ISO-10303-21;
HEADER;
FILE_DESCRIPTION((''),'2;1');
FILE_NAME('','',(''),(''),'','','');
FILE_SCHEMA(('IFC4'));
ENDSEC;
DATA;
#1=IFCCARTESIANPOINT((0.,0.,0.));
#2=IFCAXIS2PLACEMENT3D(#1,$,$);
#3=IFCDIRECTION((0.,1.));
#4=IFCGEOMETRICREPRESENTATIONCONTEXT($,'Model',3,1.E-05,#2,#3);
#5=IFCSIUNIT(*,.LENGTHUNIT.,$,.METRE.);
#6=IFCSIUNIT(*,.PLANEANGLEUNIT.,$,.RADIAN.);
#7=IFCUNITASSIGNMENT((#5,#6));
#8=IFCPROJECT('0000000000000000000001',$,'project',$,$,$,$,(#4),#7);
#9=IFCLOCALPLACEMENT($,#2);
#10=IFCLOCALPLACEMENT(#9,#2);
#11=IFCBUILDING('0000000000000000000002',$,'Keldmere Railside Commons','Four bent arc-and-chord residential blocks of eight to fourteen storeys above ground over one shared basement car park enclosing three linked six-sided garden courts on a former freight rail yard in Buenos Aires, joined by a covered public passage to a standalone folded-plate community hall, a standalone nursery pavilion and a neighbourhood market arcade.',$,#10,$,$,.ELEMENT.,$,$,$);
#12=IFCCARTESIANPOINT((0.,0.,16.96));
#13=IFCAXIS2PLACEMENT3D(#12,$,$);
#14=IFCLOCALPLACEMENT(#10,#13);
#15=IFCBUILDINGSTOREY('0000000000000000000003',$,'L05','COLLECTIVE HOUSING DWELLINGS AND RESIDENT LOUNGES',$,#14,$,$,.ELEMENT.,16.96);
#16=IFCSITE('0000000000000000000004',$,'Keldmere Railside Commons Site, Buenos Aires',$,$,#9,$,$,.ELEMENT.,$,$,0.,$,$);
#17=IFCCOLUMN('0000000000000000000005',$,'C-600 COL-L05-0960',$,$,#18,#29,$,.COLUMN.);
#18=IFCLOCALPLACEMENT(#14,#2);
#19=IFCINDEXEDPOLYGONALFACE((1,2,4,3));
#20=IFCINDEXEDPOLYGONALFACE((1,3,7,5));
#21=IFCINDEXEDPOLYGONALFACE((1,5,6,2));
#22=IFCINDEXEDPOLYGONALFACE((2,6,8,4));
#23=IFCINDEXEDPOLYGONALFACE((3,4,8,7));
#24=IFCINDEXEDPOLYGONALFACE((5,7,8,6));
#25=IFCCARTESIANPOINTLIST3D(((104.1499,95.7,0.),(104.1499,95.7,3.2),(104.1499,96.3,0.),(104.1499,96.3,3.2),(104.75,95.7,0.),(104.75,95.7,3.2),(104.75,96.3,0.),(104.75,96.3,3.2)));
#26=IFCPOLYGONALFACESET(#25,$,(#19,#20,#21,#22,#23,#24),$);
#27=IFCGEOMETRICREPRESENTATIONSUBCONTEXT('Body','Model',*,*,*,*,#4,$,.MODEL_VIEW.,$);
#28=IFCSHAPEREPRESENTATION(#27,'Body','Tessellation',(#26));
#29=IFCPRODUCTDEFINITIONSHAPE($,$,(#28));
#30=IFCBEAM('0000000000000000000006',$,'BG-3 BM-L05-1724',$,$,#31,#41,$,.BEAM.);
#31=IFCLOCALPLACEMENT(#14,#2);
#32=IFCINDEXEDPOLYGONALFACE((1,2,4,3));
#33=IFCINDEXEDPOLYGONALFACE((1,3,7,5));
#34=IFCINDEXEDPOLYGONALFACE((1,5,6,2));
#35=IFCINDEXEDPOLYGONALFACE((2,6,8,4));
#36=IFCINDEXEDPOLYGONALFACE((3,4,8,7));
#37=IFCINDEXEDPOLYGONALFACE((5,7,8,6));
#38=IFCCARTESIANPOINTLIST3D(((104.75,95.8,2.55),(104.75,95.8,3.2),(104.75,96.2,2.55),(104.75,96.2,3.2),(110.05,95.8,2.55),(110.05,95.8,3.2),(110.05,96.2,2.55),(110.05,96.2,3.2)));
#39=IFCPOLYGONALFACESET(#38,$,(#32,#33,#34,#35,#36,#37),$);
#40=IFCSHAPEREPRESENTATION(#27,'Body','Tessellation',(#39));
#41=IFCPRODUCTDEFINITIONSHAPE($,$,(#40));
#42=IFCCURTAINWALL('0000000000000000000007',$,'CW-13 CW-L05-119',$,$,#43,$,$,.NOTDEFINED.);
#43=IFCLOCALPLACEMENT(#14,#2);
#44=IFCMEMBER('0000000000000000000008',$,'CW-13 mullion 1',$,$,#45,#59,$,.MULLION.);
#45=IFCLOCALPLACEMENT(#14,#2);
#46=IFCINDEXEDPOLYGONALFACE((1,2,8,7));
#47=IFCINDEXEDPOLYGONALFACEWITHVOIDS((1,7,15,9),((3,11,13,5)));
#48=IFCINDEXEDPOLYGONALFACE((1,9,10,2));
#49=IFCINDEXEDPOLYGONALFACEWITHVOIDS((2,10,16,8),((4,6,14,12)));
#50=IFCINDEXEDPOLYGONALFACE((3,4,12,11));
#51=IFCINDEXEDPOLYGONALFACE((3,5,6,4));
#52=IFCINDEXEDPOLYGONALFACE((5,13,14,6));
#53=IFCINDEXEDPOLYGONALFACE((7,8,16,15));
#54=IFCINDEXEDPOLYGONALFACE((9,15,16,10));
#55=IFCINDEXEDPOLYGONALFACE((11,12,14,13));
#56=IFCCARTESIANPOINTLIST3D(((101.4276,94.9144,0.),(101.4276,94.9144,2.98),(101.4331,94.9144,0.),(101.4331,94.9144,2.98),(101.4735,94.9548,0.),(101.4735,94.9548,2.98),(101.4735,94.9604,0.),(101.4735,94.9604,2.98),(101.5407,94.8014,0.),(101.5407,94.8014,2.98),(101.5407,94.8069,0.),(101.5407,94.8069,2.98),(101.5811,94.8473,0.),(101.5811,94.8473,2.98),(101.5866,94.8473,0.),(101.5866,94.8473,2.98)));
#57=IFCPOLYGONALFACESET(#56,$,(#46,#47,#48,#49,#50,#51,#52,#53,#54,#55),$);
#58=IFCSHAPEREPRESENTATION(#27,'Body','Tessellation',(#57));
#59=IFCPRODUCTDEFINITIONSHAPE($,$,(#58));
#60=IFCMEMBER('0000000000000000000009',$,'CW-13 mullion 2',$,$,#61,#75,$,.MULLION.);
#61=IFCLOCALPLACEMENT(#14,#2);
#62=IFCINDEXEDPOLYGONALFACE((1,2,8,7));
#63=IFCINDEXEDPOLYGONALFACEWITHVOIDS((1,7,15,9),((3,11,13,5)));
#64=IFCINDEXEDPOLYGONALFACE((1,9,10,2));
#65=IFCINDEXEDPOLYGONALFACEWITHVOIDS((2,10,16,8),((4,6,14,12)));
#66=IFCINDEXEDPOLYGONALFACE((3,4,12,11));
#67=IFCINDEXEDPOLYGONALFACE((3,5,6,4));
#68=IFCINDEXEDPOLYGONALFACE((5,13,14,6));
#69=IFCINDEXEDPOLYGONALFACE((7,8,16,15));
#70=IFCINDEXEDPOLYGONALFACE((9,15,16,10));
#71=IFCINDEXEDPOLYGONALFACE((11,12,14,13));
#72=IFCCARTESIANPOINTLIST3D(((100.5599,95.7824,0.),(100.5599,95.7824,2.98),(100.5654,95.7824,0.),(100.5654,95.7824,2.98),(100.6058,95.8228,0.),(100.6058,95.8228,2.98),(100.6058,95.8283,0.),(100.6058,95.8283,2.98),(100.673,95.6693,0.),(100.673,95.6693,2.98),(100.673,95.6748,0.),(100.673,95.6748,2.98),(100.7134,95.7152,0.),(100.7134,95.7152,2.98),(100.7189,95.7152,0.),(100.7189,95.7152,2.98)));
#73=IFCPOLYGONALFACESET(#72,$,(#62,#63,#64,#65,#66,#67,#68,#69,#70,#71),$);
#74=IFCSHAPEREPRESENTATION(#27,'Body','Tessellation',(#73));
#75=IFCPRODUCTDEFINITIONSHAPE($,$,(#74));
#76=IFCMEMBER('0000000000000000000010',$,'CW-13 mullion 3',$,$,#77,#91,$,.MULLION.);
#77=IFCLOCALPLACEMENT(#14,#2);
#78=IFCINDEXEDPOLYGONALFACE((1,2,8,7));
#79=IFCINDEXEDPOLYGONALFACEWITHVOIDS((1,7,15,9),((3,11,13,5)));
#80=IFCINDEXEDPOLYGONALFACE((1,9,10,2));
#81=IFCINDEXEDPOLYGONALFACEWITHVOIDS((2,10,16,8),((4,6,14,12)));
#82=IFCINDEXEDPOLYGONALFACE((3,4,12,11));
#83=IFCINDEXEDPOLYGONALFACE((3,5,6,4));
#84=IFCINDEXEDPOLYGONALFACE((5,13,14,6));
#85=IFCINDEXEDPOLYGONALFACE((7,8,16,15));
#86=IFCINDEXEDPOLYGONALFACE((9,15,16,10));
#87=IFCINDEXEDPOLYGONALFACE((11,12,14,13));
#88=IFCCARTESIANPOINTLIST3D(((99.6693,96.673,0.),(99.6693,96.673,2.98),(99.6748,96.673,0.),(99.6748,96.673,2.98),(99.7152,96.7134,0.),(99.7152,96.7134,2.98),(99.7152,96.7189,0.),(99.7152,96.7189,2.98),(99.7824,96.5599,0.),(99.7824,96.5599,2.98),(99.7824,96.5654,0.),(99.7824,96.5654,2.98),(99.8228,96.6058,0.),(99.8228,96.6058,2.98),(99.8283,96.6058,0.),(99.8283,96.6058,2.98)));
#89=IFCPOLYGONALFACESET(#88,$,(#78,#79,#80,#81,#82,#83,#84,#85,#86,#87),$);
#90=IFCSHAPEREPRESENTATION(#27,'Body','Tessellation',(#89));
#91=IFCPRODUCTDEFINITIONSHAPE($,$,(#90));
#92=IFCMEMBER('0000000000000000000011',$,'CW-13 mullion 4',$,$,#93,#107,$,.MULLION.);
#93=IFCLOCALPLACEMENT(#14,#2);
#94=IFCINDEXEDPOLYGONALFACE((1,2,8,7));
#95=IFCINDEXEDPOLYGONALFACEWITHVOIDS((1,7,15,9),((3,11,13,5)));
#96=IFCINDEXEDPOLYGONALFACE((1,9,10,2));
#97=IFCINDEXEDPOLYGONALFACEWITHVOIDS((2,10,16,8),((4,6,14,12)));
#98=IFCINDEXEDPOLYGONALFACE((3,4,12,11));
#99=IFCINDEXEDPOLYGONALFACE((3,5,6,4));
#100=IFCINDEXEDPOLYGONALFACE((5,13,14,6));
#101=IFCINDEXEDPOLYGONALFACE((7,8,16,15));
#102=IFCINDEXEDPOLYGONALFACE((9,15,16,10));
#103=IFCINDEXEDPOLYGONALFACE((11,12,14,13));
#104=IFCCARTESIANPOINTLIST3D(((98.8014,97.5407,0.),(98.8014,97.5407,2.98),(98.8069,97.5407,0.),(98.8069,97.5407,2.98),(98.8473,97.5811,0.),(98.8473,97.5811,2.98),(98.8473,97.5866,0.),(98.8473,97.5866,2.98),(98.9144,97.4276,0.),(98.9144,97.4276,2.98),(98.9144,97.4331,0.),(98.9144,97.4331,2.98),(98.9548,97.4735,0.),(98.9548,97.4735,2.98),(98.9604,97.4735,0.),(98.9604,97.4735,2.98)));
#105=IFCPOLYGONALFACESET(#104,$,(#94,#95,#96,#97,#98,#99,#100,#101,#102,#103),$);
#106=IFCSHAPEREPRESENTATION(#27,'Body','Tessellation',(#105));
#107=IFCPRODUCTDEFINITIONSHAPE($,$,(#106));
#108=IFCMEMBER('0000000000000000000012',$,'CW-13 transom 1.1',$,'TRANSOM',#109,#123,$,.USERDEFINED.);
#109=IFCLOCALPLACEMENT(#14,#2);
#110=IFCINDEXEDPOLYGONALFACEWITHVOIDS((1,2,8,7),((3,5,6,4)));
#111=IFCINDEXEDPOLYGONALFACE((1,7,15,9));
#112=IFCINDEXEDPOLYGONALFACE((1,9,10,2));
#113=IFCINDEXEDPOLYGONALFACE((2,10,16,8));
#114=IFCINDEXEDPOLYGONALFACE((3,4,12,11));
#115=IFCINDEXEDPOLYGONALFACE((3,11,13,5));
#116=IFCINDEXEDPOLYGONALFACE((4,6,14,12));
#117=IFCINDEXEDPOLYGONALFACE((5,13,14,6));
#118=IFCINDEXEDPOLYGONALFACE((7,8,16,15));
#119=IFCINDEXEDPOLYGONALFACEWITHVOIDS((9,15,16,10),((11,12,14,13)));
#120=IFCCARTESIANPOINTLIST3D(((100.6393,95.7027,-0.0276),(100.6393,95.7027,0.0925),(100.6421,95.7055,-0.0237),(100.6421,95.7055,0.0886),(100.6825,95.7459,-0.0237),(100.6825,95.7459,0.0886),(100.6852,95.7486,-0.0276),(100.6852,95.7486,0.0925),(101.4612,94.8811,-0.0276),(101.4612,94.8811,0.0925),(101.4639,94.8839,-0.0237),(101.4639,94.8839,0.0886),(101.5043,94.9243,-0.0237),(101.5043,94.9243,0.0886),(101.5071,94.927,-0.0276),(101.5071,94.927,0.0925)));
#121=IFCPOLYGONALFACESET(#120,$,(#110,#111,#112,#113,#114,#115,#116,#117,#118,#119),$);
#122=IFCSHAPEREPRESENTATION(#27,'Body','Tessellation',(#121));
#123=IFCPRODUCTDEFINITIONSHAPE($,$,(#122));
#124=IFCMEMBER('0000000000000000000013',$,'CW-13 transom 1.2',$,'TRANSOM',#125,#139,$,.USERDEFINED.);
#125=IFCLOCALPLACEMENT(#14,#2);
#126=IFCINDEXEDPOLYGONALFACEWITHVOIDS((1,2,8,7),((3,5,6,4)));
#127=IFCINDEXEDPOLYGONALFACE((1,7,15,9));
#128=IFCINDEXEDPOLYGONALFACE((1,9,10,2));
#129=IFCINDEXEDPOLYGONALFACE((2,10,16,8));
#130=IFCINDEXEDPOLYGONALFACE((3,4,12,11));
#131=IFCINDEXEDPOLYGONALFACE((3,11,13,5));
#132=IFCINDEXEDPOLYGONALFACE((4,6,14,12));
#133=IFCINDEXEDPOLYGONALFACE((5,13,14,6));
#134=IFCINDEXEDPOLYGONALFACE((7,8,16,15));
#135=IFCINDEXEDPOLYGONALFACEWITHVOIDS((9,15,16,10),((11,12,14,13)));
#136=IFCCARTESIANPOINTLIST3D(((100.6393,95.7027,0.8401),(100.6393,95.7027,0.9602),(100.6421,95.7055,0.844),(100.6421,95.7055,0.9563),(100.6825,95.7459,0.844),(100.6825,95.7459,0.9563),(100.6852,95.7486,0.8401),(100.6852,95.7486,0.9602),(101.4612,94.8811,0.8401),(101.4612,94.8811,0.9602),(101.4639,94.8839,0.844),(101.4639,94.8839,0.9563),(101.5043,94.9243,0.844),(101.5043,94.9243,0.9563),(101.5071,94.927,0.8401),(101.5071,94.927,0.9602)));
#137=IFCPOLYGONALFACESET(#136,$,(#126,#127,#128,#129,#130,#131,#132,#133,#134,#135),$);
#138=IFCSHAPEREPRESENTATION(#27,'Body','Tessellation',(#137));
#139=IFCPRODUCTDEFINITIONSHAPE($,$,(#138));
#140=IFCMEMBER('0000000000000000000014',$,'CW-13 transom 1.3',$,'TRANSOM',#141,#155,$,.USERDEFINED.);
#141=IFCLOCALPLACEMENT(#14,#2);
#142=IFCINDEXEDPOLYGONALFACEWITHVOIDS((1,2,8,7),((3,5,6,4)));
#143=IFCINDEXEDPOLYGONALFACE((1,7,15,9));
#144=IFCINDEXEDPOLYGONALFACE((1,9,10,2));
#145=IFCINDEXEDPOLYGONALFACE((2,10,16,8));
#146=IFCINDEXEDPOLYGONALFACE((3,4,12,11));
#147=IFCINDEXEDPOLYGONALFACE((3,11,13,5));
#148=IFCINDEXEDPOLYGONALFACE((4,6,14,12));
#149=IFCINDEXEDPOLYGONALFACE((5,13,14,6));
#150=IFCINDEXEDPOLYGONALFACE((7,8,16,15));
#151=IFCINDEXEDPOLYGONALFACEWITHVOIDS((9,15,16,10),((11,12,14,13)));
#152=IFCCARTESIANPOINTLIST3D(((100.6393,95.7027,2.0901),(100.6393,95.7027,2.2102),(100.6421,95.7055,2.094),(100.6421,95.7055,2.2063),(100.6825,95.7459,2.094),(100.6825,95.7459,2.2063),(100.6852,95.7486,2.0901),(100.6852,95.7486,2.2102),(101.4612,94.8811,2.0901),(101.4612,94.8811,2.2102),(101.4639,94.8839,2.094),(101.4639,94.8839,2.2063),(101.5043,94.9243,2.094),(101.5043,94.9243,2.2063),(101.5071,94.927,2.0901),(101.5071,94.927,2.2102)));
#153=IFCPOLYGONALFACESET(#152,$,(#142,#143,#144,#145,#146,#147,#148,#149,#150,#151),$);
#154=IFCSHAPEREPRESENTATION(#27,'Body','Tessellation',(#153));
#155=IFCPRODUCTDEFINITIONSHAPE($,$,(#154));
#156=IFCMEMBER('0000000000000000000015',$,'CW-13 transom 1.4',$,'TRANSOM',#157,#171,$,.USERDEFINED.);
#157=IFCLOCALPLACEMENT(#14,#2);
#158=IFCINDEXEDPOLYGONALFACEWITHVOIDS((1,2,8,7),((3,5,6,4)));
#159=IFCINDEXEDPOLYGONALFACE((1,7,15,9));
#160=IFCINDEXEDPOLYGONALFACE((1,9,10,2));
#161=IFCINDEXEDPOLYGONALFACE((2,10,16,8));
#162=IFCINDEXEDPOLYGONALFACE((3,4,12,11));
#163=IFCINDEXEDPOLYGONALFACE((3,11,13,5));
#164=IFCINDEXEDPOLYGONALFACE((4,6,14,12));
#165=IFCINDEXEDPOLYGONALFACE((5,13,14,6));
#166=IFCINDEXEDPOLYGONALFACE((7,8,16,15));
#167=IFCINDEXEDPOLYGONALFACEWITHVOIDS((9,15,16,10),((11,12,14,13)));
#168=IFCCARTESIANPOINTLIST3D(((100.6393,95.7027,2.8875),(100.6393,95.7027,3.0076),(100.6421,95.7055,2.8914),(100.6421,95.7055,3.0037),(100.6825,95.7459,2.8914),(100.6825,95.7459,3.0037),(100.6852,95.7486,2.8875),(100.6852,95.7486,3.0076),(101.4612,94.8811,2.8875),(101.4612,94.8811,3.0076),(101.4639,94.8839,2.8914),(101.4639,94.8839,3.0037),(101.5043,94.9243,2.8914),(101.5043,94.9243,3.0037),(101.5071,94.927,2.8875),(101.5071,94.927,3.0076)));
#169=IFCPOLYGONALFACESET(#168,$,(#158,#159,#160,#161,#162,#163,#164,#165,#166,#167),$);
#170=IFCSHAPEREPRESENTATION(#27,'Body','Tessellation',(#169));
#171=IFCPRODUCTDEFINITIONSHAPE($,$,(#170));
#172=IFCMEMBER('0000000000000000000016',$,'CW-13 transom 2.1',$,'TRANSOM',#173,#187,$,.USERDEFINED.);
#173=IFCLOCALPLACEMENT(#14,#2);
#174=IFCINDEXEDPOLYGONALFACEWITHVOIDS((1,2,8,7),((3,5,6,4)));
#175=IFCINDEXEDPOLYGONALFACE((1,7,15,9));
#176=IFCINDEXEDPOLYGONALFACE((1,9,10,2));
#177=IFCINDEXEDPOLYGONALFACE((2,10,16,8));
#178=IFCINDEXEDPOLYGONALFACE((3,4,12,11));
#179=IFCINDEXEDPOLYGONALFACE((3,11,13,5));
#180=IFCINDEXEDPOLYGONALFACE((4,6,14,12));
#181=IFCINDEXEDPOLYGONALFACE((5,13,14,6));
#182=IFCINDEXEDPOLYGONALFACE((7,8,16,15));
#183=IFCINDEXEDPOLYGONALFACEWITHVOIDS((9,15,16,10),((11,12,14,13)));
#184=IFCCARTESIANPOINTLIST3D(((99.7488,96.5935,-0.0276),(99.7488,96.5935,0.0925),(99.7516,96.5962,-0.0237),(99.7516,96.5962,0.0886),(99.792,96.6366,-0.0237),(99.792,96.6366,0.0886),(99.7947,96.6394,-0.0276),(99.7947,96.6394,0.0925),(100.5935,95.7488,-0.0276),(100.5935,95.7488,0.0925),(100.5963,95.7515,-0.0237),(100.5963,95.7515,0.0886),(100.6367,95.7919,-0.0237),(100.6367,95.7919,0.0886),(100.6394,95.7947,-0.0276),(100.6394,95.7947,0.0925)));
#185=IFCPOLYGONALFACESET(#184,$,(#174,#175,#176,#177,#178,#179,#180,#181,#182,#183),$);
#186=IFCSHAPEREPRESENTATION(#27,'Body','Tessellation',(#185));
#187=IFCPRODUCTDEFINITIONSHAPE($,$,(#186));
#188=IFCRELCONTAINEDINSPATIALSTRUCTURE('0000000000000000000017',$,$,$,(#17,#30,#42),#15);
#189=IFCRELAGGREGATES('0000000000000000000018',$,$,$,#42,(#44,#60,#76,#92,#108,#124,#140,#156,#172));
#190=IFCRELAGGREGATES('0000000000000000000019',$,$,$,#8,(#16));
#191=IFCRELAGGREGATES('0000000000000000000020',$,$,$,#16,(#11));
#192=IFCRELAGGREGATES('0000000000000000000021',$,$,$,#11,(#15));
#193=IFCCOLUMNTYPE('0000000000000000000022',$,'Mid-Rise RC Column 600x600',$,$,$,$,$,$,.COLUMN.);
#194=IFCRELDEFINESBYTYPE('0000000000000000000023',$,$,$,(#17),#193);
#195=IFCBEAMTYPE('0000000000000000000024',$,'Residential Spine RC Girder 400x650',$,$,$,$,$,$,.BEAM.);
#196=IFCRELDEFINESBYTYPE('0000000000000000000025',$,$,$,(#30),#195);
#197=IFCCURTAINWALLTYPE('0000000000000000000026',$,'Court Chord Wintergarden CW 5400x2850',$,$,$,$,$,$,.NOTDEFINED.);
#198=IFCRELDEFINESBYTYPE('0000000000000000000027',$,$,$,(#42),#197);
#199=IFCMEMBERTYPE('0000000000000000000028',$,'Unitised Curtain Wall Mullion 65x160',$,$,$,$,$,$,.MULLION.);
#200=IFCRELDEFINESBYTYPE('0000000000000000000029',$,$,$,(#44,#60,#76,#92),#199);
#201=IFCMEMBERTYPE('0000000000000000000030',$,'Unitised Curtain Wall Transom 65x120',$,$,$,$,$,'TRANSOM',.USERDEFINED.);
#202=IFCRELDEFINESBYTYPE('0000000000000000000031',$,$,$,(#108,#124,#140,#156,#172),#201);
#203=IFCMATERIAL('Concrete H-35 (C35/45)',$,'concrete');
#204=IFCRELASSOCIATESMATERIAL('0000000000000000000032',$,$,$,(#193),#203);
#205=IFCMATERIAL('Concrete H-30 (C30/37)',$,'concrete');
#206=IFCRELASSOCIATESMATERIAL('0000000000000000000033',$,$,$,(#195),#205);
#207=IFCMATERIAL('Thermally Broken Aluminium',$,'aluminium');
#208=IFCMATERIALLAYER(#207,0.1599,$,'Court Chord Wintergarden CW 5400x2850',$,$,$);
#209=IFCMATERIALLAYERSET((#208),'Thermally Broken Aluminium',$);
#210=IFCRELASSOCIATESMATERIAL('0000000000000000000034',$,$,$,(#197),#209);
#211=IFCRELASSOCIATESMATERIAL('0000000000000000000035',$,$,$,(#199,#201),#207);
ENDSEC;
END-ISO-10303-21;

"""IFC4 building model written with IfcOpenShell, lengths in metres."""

from ifc_helpers import new_model, si_unit, direction, frame, origin, origin_2d, place, context, subcontext, project, spatial, rectangle, hollow_rectangle, extrude, material, layer, layer_set, material_profile, profile_set, type_object, element, aggregate, save


model = new_model("IFC4")

# Units and contexts
model_context = context("Model", 3, precision=1e-05, world=origin(), true_north=direction((0.0, 1.0)))
body_context = subcontext(model_context, "Body", "Model", "MODEL_VIEW")
ifc_project = project(units=[si_unit("LENGTHUNIT", "METRE"), si_unit("PLANEANGLEUNIT", "RADIAN")], contexts=[model_context])

# Site, building, storey
site_placement = place(None, origin())
site = spatial("IfcSite", under=ifc_project, at=site_placement, Name="Keldmere Railside Commons Site, Buenos Aires", CompositionType="ELEMENT", RefElevation=0.0)
building_placement = place(site_placement, origin())
building = spatial("IfcBuilding", under=site, at=building_placement, Name="Keldmere Railside Commons", Description="Four bent arc-and-chord residential blocks of eight to fourteen storeys above ground over one shared basement car park enclosing three linked six-sided garden courts on a former freight rail yard in Buenos Aires, joined by a covered public passage to a standalone folded-plate community hall, a standalone nursery pavilion and a neighbourhood market arcade.", CompositionType="ELEMENT")
storey_placement = place(building_placement, frame((0.0, 0.0, 16.96)))
storey = spatial("IfcBuildingStorey", under=building, at=storey_placement, Name="L05", Description="COLLECTIVE HOUSING DWELLINGS AND RESIDENT LOUNGES", CompositionType="ELEMENT", Elevation=16.96)

# Column
ifc_material_1 = material(Name="Concrete H-35 (C35/45)", Category="concrete")
ifc_material_profile_1 = material_profile(ifc_material_1, rectangle(XDim=0.6001, YDim=0.6001, at=origin_2d()), Name="RC-600x600")
ifc_profile_set_1 = profile_set([ifc_material_profile_1], Name="Concrete H-35 (C35/45)")
column_type = type_object("IfcColumnType", Name="Mid-Rise RC Column 600x600", PredefinedType="COLUMN", material=ifc_profile_set_1)
column_placement = place(storey_placement, frame((104.45, 96.0, 0.0), z_axis=(0.0, 0.0, 1.0), x_axis=(1.0, 0.0, 0.0)))
element("IfcColumn", 1, at=column_placement, inside=storey, type_object=column_type, Name="C-600 COL-L05-0960", PredefinedType="COLUMN", context=body_context, shape_type="SweptSolid", body=[
    extrude(rectangle(XDim=0.6001, YDim=0.6001, at=origin_2d()), origin(), (0.0, 0.0, 1.0), 3.2),
])

# Beam
ifc_material_2 = material(Name="Concrete H-30 (C30/37)", Category="concrete")
ifc_material_profile_2 = material_profile(ifc_material_2, rectangle(XDim=0.3999, YDim=0.6499, at=origin_2d()), Name="RC-400x650")
ifc_profile_set_2 = profile_set([ifc_material_profile_2], Name="Concrete H-30 (C30/37)")
beam_type = type_object("IfcBeamType", Name="Residential Spine RC Girder 400x650", PredefinedType="BEAM", material=ifc_profile_set_2)
beam_placement = place(storey_placement, frame((104.75, 96.0, 2.875), z_axis=(1.0, 0.0, 0.0), x_axis=(0.0, 1.0, 0.0)))
element("IfcBeam", 2, at=beam_placement, inside=storey, type_object=beam_type, Name="BG-3 BM-L05-1724", PredefinedType="BEAM", context=body_context, shape_type="SweptSolid", body=[
    extrude(rectangle(XDim=0.3999, YDim=0.6499, at=origin_2d()), origin(), (0.0, 0.0, 1.0), 5.3),
])

# Curtain wall, members
ifc_material_3 = material(Name="Thermally Broken Aluminium", Category="aluminium")
ifc_layer_1 = layer(ifc_material_3, 0.1599, Name="Court Chord Wintergarden CW 5400x2850")
ifc_layer_set_1 = layer_set([ifc_layer_1], Name="Thermally Broken Aluminium")
curtain_wall_type = type_object("IfcCurtainWallType", Name="Court Chord Wintergarden CW 5400x2850", PredefinedType="NOTDEFINED", material=ifc_layer_set_1)
curtain_wall_placement = place(storey_placement, origin())
curtain_wall = element("IfcCurtainWall", 3, at=curtain_wall_placement, inside=storey, type_object=curtain_wall_type, Name="CW-13 CW-L05-119", PredefinedType="NOTDEFINED")
ifc_material_profile_3 = material_profile(ifc_material_3, hollow_rectangle(XDim=0.0649, YDim=0.1599, WallThickness=0.0039, at=origin_2d()), Name="ALU-MULL-65x160")
ifc_profile_set_3 = profile_set([ifc_material_profile_3], Name="Thermally Broken Aluminium")
member_type_1 = type_object("IfcMemberType", Name="Unitised Curtain Wall Mullion 65x160", PredefinedType="MULLION", material=ifc_profile_set_3)
member_1_placement = place(storey_placement, frame((101.5071, 94.8809, 0.0), z_axis=(0.0, 0.0, 1.0), x_axis=(-0.707107, -0.707107, 0.0)))
member_1 = element("IfcMember", 4, at=member_1_placement, type_object=member_type_1, Name="CW-13 mullion 1", PredefinedType="MULLION", context=body_context, shape_type="SweptSolid", body=[
    extrude(hollow_rectangle(XDim=0.0649, YDim=0.1599, WallThickness=0.0039, at=origin_2d()), origin(), (0.0, 0.0, 1.0), 2.98),
])
member_2_placement = place(storey_placement, frame((100.6394, 95.7488, 0.0), z_axis=(0.0, 0.0, 1.0), x_axis=(-0.707107, -0.707107, 0.0)))
member_2 = element("IfcMember", 5, at=member_2_placement, type_object=member_type_1, Name="CW-13 mullion 2", PredefinedType="MULLION", context=body_context, shape_type="SweptSolid", body=[
    extrude(hollow_rectangle(XDim=0.0649, YDim=0.1599, WallThickness=0.0039, at=origin_2d()), origin(), (0.0, 0.0, 1.0), 2.98),
])
member_3_placement = place(storey_placement, frame((99.7488, 96.6394, 0.0), z_axis=(0.0, 0.0, 1.0), x_axis=(-0.707107, -0.707107, 0.0)))
member_3 = element("IfcMember", 6, at=member_3_placement, type_object=member_type_1, Name="CW-13 mullion 3", PredefinedType="MULLION", context=body_context, shape_type="SweptSolid", body=[
    extrude(hollow_rectangle(XDim=0.0649, YDim=0.1599, WallThickness=0.0039, at=origin_2d()), origin(), (0.0, 0.0, 1.0), 2.98),
])
member_4_placement = place(storey_placement, frame((98.8809, 97.5071, 0.0), z_axis=(0.0, 0.0, 1.0), x_axis=(-0.707107, -0.707107, 0.0)))
member_4 = element("IfcMember", 7, at=member_4_placement, type_object=member_type_1, Name="CW-13 mullion 4", PredefinedType="MULLION", context=body_context, shape_type="SweptSolid", body=[
    extrude(hollow_rectangle(XDim=0.0649, YDim=0.1599, WallThickness=0.0039, at=origin_2d()), origin(), (0.0, 0.0, 1.0), 2.98),
])
ifc_material_profile_4 = material_profile(ifc_material_3, hollow_rectangle(XDim=0.0649, YDim=0.1201, WallThickness=0.0039, at=origin_2d()), Name="ALU-TRAN-65x120")
ifc_profile_set_4 = profile_set([ifc_material_profile_4], Name="Thermally Broken Aluminium")
member_type_2 = type_object("IfcMemberType", Name="Unitised Curtain Wall Transom 65x120", ElementType="TRANSOM", PredefinedType="USERDEFINED", material=ifc_profile_set_4)
member_5_placement = place(storey_placement, frame((101.4841, 94.9041, 0.0325), z_axis=(-0.707212, 0.707002, 0.0), x_axis=(-0.707002, -0.707212, 0.0)))
member_5 = element("IfcMember", 8, at=member_5_placement, type_object=member_type_2, Name="CW-13 transom 1.1", ObjectType="TRANSOM", PredefinedType="USERDEFINED", context=body_context, shape_type="SweptSolid", body=[
    extrude(hollow_rectangle(XDim=0.0649, YDim=0.1201, WallThickness=0.0039, at=origin_2d()), origin(), (0.0, 0.0, 1.0), 1.1621),
])
member_6_placement = place(storey_placement, frame((101.4841, 94.9041, 0.9001), z_axis=(-0.707212, 0.707002, 0.0), x_axis=(-0.707002, -0.707212, 0.0)))
member_6 = element("IfcMember", 9, at=member_6_placement, type_object=member_type_2, Name="CW-13 transom 1.2", ObjectType="TRANSOM", PredefinedType="USERDEFINED", context=body_context, shape_type="SweptSolid", body=[
    extrude(hollow_rectangle(XDim=0.0649, YDim=0.1201, WallThickness=0.0039, at=origin_2d()), origin(), (0.0, 0.0, 1.0), 1.1621),
])
member_7_placement = place(storey_placement, frame((101.4841, 94.9041, 2.1501), z_axis=(-0.707212, 0.707002, 0.0), x_axis=(-0.707002, -0.707212, 0.0)))
member_7 = element("IfcMember", 10, at=member_7_placement, type_object=member_type_2, Name="CW-13 transom 1.3", ObjectType="TRANSOM", PredefinedType="USERDEFINED", context=body_context, shape_type="SweptSolid", body=[
    extrude(hollow_rectangle(XDim=0.0649, YDim=0.1201, WallThickness=0.0039, at=origin_2d()), origin(), (0.0, 0.0, 1.0), 1.1621),
])
member_8_placement = place(storey_placement, frame((101.4841, 94.9041, 2.9475), z_axis=(-0.707212, 0.707002, 0.0), x_axis=(-0.707002, -0.707212, 0.0)))
member_8 = element("IfcMember", 11, at=member_8_placement, type_object=member_type_2, Name="CW-13 transom 1.4", ObjectType="TRANSOM", PredefinedType="USERDEFINED", context=body_context, shape_type="SweptSolid", body=[
    extrude(hollow_rectangle(XDim=0.0649, YDim=0.1201, WallThickness=0.0039, at=origin_2d()), origin(), (0.0, 0.0, 1.0), 1.1621),
])
member_9_placement = place(storey_placement, frame((100.6165, 95.7717, 0.0325), z_axis=(-0.707107, 0.707107, 0.0), x_axis=(-0.707107, -0.707107, 0.0)))
member_9 = element("IfcMember", 12, at=member_9_placement, type_object=member_type_2, Name="CW-13 transom 2.1", ObjectType="TRANSOM", PredefinedType="USERDEFINED", context=body_context, shape_type="SweptSolid", body=[
    extrude(hollow_rectangle(XDim=0.0649, YDim=0.1201, WallThickness=0.0039, at=origin_2d()), origin(), (0.0, 0.0, 1.0), 1.1946),
])
aggregate(curtain_wall, [member_1, member_2, member_3, member_4, member_5, member_6, member_7, member_8, member_9])

save(model, "model.ifc")
